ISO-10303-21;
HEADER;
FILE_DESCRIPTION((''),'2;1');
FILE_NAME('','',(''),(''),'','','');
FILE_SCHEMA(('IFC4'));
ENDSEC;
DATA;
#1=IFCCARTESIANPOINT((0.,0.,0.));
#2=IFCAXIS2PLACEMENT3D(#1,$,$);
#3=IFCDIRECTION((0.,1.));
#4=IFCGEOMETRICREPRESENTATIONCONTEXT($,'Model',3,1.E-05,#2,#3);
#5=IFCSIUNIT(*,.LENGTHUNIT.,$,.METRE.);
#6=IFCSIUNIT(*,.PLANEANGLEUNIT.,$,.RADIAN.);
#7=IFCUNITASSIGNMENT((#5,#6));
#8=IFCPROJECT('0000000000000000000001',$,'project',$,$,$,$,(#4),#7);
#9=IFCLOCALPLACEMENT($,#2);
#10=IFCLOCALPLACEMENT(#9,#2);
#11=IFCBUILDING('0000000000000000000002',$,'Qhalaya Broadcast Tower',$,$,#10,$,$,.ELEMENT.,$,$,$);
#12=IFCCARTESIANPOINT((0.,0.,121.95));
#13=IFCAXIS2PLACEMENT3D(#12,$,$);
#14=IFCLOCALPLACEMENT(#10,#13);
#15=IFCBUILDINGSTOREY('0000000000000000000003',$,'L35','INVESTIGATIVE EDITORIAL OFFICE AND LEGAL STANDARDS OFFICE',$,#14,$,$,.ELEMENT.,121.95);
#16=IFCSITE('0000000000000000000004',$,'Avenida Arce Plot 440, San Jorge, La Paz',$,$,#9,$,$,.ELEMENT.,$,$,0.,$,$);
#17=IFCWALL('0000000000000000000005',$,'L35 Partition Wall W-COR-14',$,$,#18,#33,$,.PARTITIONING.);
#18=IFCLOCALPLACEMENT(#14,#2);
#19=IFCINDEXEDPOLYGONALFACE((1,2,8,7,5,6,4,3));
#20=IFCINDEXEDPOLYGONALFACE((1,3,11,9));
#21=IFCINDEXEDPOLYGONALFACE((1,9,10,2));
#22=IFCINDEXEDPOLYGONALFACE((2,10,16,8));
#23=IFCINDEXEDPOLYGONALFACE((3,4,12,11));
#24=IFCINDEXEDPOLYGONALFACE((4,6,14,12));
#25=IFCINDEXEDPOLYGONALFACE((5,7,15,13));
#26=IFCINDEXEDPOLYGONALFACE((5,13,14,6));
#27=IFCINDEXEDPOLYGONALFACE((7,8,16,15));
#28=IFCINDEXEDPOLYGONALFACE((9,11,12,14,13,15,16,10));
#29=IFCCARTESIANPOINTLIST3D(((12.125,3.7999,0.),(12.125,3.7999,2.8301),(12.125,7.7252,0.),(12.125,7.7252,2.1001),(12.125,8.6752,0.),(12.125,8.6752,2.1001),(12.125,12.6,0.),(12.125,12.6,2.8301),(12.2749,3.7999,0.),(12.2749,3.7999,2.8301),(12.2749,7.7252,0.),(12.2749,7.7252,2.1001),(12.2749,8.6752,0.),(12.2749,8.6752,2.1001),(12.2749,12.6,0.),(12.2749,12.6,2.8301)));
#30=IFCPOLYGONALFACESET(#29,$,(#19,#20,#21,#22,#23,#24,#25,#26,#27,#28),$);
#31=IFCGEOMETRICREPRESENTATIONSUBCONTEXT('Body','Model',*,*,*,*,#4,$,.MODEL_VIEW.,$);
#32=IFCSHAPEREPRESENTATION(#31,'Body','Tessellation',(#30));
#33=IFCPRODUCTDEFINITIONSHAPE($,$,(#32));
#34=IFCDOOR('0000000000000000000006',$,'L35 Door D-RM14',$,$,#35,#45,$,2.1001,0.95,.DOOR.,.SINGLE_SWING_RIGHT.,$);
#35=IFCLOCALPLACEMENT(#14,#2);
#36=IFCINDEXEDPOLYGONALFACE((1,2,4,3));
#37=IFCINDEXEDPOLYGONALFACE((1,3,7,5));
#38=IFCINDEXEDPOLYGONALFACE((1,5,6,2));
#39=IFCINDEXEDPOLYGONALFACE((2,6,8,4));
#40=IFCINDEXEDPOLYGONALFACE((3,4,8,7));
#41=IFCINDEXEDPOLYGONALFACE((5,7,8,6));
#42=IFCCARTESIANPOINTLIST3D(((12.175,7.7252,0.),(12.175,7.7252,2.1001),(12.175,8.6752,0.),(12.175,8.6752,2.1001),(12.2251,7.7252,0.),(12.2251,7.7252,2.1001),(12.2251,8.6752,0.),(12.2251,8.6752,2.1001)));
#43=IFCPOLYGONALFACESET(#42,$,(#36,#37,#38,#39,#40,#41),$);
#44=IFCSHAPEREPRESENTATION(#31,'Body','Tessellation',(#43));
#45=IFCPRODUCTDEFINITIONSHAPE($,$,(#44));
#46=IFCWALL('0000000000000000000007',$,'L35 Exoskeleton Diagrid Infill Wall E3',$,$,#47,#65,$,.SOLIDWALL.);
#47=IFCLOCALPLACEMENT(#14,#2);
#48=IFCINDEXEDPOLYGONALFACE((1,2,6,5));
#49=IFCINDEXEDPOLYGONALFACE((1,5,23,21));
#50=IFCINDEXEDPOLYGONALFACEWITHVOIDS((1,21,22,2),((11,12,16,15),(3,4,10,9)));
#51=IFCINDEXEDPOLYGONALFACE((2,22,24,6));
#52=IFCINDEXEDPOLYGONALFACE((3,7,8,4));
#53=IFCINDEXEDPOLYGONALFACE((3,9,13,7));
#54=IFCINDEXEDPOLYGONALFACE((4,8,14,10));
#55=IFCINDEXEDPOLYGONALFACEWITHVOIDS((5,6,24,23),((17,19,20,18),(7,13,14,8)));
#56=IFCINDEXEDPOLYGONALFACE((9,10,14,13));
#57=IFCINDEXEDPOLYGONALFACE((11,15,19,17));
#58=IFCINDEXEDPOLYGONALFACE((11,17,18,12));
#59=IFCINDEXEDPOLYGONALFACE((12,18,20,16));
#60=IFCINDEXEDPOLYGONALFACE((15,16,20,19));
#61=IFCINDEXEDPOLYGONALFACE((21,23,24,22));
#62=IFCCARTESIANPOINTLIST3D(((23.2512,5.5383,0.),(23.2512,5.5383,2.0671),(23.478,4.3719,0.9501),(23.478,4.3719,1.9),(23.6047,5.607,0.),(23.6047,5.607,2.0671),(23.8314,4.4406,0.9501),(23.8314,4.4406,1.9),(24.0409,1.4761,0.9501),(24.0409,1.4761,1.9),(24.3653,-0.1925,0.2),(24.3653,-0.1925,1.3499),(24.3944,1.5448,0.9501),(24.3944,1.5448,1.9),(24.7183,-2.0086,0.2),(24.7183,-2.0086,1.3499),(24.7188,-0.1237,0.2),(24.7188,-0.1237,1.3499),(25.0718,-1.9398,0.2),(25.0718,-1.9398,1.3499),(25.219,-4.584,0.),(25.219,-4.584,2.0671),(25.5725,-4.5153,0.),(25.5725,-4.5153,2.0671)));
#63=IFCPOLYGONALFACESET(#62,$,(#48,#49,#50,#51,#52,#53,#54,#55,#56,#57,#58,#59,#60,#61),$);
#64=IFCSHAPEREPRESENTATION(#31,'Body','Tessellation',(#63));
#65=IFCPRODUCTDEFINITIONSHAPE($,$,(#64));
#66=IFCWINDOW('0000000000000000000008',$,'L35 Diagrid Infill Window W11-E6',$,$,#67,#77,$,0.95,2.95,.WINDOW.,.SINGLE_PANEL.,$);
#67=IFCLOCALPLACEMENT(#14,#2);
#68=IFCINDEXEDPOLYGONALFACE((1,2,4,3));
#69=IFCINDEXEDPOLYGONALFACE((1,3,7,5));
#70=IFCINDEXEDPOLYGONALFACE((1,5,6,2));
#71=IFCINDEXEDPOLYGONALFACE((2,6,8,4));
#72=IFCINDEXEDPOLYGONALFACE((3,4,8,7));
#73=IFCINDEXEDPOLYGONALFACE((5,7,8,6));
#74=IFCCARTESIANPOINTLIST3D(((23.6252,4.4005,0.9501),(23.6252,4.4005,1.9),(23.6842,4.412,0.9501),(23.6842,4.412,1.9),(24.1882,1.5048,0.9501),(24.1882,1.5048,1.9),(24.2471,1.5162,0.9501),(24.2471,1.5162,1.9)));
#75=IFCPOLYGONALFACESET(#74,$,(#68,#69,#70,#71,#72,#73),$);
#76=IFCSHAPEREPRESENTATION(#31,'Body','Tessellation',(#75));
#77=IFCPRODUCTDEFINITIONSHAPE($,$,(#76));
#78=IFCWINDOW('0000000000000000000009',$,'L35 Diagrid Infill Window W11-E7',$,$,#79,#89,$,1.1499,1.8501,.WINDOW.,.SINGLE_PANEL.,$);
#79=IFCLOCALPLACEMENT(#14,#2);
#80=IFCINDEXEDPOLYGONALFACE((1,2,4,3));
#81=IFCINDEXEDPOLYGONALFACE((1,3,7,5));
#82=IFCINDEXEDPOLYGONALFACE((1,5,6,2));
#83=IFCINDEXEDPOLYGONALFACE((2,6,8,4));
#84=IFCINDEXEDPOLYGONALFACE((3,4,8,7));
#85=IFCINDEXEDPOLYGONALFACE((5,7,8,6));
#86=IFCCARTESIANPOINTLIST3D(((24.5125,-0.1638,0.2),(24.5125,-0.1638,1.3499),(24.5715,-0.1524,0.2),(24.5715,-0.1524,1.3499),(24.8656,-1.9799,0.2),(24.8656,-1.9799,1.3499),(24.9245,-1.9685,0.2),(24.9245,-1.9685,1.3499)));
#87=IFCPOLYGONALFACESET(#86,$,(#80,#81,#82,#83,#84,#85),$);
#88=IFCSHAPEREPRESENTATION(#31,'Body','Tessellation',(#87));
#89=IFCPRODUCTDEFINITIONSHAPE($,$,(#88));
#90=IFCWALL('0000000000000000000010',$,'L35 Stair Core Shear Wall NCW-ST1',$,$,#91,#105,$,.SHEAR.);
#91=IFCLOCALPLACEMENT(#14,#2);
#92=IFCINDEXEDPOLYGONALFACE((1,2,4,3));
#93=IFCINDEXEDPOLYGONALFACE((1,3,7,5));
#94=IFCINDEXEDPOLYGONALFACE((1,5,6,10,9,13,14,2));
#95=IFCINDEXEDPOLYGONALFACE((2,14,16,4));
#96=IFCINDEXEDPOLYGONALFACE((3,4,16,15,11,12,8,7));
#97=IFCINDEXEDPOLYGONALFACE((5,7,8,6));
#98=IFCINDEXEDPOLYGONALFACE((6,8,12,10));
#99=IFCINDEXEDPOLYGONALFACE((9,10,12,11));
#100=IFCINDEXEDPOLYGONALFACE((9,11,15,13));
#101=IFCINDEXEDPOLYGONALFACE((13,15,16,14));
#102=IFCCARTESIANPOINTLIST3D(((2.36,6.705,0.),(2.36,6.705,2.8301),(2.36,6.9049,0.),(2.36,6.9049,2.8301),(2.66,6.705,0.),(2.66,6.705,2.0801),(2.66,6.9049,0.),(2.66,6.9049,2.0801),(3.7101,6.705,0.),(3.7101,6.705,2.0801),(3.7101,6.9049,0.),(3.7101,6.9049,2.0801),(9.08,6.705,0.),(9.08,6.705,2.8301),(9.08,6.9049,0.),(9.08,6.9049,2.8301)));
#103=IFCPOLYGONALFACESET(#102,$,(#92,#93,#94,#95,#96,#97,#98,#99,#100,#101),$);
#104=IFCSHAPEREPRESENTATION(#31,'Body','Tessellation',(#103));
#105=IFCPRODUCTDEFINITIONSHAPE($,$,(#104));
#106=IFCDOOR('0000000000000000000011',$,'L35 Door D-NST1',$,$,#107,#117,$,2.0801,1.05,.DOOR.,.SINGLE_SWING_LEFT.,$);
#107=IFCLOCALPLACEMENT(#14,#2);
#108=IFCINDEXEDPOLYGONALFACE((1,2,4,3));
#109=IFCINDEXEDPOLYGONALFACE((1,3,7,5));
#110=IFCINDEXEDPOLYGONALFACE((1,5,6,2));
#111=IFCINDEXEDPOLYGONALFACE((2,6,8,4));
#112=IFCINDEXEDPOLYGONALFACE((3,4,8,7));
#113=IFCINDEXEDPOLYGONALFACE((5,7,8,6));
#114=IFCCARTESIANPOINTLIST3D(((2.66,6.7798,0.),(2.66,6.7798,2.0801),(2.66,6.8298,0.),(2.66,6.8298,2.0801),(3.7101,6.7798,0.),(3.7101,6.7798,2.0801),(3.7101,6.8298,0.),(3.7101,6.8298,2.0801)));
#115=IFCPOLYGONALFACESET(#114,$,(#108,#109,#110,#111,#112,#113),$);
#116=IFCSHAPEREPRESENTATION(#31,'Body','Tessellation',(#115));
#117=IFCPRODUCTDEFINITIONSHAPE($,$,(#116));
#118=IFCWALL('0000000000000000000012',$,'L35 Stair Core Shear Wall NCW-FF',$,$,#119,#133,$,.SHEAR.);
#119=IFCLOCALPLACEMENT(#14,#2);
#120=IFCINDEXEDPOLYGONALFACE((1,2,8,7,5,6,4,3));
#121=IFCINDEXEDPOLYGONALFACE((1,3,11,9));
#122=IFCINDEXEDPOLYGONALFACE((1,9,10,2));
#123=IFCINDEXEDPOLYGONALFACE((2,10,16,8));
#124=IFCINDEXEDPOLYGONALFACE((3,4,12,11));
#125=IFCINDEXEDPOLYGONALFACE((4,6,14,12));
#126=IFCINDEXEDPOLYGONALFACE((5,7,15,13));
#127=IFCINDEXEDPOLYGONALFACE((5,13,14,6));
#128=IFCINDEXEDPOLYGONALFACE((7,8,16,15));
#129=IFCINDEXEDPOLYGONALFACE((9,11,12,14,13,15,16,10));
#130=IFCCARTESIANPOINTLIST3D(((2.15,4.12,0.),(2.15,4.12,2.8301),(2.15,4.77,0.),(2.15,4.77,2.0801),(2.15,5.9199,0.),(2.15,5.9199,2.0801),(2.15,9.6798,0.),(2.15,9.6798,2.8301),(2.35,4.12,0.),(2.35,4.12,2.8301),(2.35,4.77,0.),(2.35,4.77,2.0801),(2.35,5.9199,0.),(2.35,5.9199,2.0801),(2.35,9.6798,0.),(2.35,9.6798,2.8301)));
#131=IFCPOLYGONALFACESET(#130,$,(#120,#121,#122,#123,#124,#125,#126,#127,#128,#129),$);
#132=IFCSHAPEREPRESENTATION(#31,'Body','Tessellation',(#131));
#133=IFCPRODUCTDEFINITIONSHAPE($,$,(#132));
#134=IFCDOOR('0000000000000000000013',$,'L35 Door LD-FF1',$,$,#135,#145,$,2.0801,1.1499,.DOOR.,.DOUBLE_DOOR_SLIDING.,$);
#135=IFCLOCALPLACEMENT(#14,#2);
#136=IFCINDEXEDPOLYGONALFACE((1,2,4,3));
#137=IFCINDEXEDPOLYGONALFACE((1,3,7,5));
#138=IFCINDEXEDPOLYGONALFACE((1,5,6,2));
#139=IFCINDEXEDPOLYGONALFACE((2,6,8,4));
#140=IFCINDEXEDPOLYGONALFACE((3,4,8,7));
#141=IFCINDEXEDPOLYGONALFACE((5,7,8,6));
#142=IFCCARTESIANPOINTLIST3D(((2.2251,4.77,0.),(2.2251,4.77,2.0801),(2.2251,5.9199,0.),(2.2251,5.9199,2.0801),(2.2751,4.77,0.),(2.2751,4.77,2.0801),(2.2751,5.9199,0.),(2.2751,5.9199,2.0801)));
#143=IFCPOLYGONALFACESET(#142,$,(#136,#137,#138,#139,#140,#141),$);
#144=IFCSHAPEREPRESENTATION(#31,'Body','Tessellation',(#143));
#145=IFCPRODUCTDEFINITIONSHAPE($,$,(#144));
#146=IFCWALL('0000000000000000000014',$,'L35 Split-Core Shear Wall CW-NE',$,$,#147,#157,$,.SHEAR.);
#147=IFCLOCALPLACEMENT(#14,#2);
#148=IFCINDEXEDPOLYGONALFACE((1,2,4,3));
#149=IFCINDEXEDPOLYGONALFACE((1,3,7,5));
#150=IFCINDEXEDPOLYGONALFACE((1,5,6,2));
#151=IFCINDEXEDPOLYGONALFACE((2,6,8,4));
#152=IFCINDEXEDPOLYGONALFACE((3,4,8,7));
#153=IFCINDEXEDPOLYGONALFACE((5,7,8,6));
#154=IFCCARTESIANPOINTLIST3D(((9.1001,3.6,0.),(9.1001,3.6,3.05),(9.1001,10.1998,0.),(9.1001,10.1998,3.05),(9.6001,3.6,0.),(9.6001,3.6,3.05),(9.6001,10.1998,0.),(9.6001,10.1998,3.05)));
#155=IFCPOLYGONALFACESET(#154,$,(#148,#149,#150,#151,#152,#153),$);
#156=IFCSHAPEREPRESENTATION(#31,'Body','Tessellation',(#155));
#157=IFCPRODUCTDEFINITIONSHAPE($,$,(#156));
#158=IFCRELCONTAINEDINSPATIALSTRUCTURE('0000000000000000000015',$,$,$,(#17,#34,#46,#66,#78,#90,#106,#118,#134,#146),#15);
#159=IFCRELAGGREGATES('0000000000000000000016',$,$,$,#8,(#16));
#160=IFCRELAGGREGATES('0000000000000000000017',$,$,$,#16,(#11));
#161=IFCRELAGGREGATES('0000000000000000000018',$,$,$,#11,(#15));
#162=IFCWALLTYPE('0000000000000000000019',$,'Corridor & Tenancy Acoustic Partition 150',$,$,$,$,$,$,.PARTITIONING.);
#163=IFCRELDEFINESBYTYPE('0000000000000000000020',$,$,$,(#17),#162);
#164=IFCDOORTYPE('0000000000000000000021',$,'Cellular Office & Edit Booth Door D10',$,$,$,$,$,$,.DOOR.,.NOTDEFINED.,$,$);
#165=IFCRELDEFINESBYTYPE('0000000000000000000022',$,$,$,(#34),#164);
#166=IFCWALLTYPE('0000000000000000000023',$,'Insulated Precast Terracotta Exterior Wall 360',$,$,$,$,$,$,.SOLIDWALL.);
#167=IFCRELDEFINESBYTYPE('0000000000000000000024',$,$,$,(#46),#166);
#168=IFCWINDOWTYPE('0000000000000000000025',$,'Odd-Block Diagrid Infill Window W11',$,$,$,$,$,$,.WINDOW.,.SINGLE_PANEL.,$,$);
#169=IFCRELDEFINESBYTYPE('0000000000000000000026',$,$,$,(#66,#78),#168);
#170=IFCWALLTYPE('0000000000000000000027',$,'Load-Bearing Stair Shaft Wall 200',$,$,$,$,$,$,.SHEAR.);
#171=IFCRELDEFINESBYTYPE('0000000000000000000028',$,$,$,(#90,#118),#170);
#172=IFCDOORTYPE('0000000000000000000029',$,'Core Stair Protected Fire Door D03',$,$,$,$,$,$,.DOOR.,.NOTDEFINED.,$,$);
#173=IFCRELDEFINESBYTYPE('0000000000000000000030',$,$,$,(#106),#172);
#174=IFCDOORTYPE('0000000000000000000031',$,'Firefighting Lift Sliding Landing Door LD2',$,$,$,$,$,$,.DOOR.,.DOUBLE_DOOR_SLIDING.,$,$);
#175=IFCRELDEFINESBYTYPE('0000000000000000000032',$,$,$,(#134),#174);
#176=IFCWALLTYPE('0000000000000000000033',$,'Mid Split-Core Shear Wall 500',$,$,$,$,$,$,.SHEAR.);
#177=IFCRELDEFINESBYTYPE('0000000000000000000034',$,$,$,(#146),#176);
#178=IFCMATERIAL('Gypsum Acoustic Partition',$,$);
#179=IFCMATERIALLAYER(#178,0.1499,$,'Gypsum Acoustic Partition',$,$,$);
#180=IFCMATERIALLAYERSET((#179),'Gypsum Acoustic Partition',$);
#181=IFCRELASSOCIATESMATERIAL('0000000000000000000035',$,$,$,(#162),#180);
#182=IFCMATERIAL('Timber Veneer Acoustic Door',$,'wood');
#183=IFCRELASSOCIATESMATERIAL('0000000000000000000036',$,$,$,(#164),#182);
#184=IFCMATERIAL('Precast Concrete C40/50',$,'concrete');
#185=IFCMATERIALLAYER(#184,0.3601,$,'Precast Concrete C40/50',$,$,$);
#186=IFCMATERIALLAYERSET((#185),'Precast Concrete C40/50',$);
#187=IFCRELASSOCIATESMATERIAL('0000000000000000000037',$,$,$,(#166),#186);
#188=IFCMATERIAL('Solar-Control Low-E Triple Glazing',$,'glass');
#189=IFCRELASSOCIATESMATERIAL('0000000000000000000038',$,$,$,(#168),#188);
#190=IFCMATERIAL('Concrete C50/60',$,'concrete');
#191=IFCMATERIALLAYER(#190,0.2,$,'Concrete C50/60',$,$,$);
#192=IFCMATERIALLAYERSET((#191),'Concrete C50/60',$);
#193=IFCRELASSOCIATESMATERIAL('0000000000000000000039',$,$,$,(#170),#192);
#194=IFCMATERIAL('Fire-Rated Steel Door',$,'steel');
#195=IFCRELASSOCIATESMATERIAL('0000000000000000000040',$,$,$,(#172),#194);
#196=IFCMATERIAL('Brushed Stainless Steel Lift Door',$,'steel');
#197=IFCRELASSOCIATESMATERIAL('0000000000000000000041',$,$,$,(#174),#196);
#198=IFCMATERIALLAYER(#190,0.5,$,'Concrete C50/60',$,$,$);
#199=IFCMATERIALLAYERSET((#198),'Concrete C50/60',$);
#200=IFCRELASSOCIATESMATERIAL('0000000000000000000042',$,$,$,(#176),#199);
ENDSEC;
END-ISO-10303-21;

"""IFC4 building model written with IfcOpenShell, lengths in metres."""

from ifc_helpers import new_model, si_unit, direction, frame, frame_2d, origin, place, context, subcontext, project, spatial, rectangle, extrude, material, layer, layer_set, type_object, element, fill, save


model = new_model("IFC4")

# Units and contexts
model_context = context("Model", 3, precision=1e-05, world=origin(), true_north=direction((0.0, 1.0)))
body_context = subcontext(model_context, "Body", "Model", "MODEL_VIEW")
ifc_project = project(units=[si_unit("LENGTHUNIT", "METRE"), si_unit("PLANEANGLEUNIT", "RADIAN")], contexts=[model_context])

# Site, building, storey
site_placement = place(None, origin())
site = spatial("IfcSite", under=ifc_project, at=site_placement, Name="Avenida Arce Plot 440, San Jorge, La Paz", CompositionType="ELEMENT", RefElevation=0.0)
building_placement = place(site_placement, origin())
building = spatial("IfcBuilding", under=site, at=building_placement, Name="Qhalaya Broadcast Tower", CompositionType="ELEMENT")
storey_placement = place(building_placement, frame((0.0, 0.0, 121.95)))
storey = spatial("IfcBuildingStorey", under=building, at=storey_placement, Name="L35", Description="INVESTIGATIVE EDITORIAL OFFICE AND LEGAL STANDARDS OFFICE", CompositionType="ELEMENT", Elevation=121.95)

# Shared definitions
ifc_material_1 = material(Name="Concrete C50/60", Category="concrete")

# Wall, opening, door
ifc_material_2 = material(Name="Gypsum Acoustic Partition")
ifc_layer_1 = layer(ifc_material_2, 0.1499, Name="Gypsum Acoustic Partition")
ifc_layer_set_1 = layer_set([ifc_layer_1], Name="Gypsum Acoustic Partition")
wall_type_1 = type_object("IfcWallType", Name="Corridor & Tenancy Acoustic Partition 150", PredefinedType="PARTITIONING", material=ifc_layer_set_1)
wall_1_placement = place(storey_placement, frame((12.2, 3.8, 0.0), z_axis=(0.0, 0.0, 1.0), x_axis=(0.0, 1.0, 0.0)))
wall_1 = element("IfcWall", 1, at=wall_1_placement, inside=storey, type_object=wall_type_1, Name="L35 Partition Wall W-COR-14", PredefinedType="PARTITIONING", context=body_context, shape_type="SweptSolid", body=[
    extrude(rectangle(XDim=8.8, YDim=0.1499, at=frame_2d((4.3999, 0.0))), origin(), (0.0, 0.0, 1.0), 2.8301),
])
opening_1_placement = place(wall_1_placement, frame((3.925, 0.0, 0.0)))
opening_1 = element("IfcOpeningElement", 2, at=opening_1_placement, cuts=wall_1, PredefinedType="OPENING", context=body_context, shape_type="SweptSolid", body=[
    extrude(rectangle(XDim=0.95, YDim=2.1001, at=frame_2d((0.4751, 1.05))), frame((0.0, 0.0869, 0.0), z_axis=(0.0, -1.0, 0.0), x_axis=(1.0, 0.0, 0.0)), (0.0, 0.0, 1.0), 0.1738),
])
ifc_material_3 = material(Name="Timber Veneer Acoustic Door", Category="wood")
door_type_1 = type_object("IfcDoorType", Name="Cellular Office & Edit Booth Door D10", OperationType="NOTDEFINED", PredefinedType="DOOR", material=ifc_material_3)
door_1_placement = place(opening_1_placement, origin())
door_1 = element("IfcDoor", 3, at=door_1_placement, inside=storey, type_object=door_type_1, Name="L35 Door D-RM14", OperationType="SINGLE_SWING_RIGHT", OverallHeight=2.1001, OverallWidth=0.95, PredefinedType="DOOR", context=body_context, shape_type="SweptSolid", body=[
    extrude(rectangle(XDim=0.95, YDim=2.1001, at=frame_2d((0.4751, 1.05))), frame((0.0, 0.0249, 0.0), z_axis=(0.0, -1.0, 0.0), x_axis=(1.0, 0.0, 0.0)), (0.0, 0.0, 1.0), 0.05),
])
fill(opening_1, door_1)

# Wall, openings, windows
ifc_material_4 = material(Name="Precast Concrete C40/50", Category="concrete")
ifc_layer_2 = layer(ifc_material_4, 0.3601, Name="Precast Concrete C40/50")
ifc_layer_set_2 = layer_set([ifc_layer_2], Name="Precast Concrete C40/50")
wall_type_2 = type_object("IfcWallType", Name="Insulated Precast Terracotta Exterior Wall 360", PredefinedType="SOLIDWALL", material=ifc_layer_set_2)
wall_2_placement = place(storey_placement, frame((23.428, 5.5725, 0.0), z_axis=(0.0, 0.0, 1.0), x_axis=(0.190827, -0.981624, 0.0)))
wall_2 = element("IfcWall", 4, at=wall_2_placement, inside=storey, type_object=wall_type_2, Name="L35 Exoskeleton Diagrid Infill Wall E3", PredefinedType="SOLIDWALL", context=body_context, shape_type="SweptSolid", body=[
    extrude(rectangle(XDim=10.3118, YDim=0.3601, at=frame_2d((5.1558, 0.0))), origin(), (0.0, 0.0, 1.0), 2.0671),
])
opening_2_placement = place(wall_2_placement, frame((1.188, 0.0, 0.95)))
opening_2 = element("IfcOpeningElement", 5, at=opening_2_placement, cuts=wall_2, PredefinedType="OPENING", context=body_context, shape_type="SweptSolid", body=[
    extrude(rectangle(XDim=2.95, YDim=0.95, at=frame_2d((1.4751, 0.4751))), frame((0.0, 0.1921, 0.0), z_axis=(0.0, -1.0, 0.0), x_axis=(1.0, 0.0, 0.0)), (0.0, 0.0, 1.0), 0.384),
])
opening_3_placement = place(wall_2_placement, frame((5.8379, 0.0, 0.2)))
opening_3 = element("IfcOpeningElement", 6, at=opening_3_placement, cuts=wall_2, PredefinedType="OPENING", context=body_context, shape_type="SweptSolid", body=[
    extrude(rectangle(XDim=1.8501, YDim=1.1499, at=frame_2d((0.925, 0.575))), frame((0.0, 0.1921, 0.0), z_axis=(0.0, -1.0, 0.0), x_axis=(1.0, 0.0, 0.0)), (0.0, 0.0, 1.0), 0.384),
])
ifc_material_5 = material(Name="Solar-Control Low-E Triple Glazing", Category="glass")
window_type = type_object("IfcWindowType", Name="Odd-Block Diagrid Infill Window W11", PartitioningType="SINGLE_PANEL", PredefinedType="WINDOW", material=ifc_material_5)
window_1_placement = place(opening_2_placement, origin())
window_1 = element("IfcWindow", 7, at=window_1_placement, inside=storey, type_object=window_type, Name="L35 Diagrid Infill Window W11-E6", OverallHeight=0.95, OverallWidth=2.95, PartitioningType="SINGLE_PANEL", PredefinedType="WINDOW", context=body_context, shape_type="SweptSolid", body=[
    extrude(rectangle(XDim=2.95, YDim=0.95, at=frame_2d((1.4751, 0.4751))), frame((0.0, 0.03, 0.0), z_axis=(0.0, -1.0, 0.0), x_axis=(1.0, 0.0, 0.0)), (0.0, 0.0, 1.0), 0.0601),
])
fill(opening_2, window_1)
window_2_placement = place(opening_3_placement, origin())
window_2 = element("IfcWindow", 8, at=window_2_placement, inside=storey, type_object=window_type, Name="L35 Diagrid Infill Window W11-E7", OverallHeight=1.1499, OverallWidth=1.8501, PartitioningType="SINGLE_PANEL", PredefinedType="WINDOW", context=body_context, shape_type="SweptSolid", body=[
    extrude(rectangle(XDim=1.8501, YDim=1.1499, at=frame_2d((0.925, 0.575))), frame((0.0, 0.03, 0.0), z_axis=(0.0, -1.0, 0.0), x_axis=(1.0, 0.0, 0.0)), (0.0, 0.0, 1.0), 0.0601),
])
fill(opening_3, window_2)

# Walls, openings, doors
ifc_layer_3 = layer(ifc_material_1, 0.2, Name="Concrete C50/60")
ifc_layer_set_3 = layer_set([ifc_layer_3], Name="Concrete C50/60")
wall_type_3 = type_object("IfcWallType", Name="Load-Bearing Stair Shaft Wall 200", PredefinedType="SHEAR", material=ifc_layer_set_3)
wall_3_placement = place(storey_placement, frame((2.3601, 6.8049, 0.0), z_axis=(0.0, 0.0, 1.0), x_axis=(1.0, 0.0, 0.0)))
wall_3 = element("IfcWall", 9, at=wall_3_placement, inside=storey, type_object=wall_type_3, Name="L35 Stair Core Shear Wall NCW-ST1", PredefinedType="SHEAR", context=body_context, shape_type="SweptSolid", body=[
    extrude(rectangle(XDim=6.72, YDim=0.2, at=frame_2d((3.3599, 0.0))), origin(), (0.0, 0.0, 1.0), 2.8301),
])
opening_4_placement = place(wall_3_placement, frame((0.3, 0.0, 0.0)))
opening_4 = element("IfcOpeningElement", 10, at=opening_4_placement, cuts=wall_3, PredefinedType="OPENING", context=body_context, shape_type="SweptSolid", body=[
    extrude(rectangle(XDim=1.05, YDim=2.0801, at=frame_2d((0.5249, 1.04))), frame((0.0, 0.1121, 0.0), z_axis=(0.0, -1.0, 0.0), x_axis=(1.0, 0.0, 0.0)), (0.0, 0.0, 1.0), 0.2239),
])
ifc_material_6 = material(Name="Fire-Rated Steel Door", Category="steel")
door_type_2 = type_object("IfcDoorType", Name="Core Stair Protected Fire Door D03", OperationType="NOTDEFINED", PredefinedType="DOOR", material=ifc_material_6)
door_2_placement = place(opening_4_placement, origin())
door_2 = element("IfcDoor", 11, at=door_2_placement, inside=storey, type_object=door_type_2, Name="L35 Door D-NST1", OperationType="SINGLE_SWING_LEFT", OverallHeight=2.0801, OverallWidth=1.05, PredefinedType="DOOR", context=body_context, shape_type="SweptSolid", body=[
    extrude(rectangle(XDim=1.05, YDim=2.0801, at=frame_2d((0.5249, 1.04))), frame((0.0, 0.0249, 0.0), z_axis=(0.0, -1.0, 0.0), x_axis=(1.0, 0.0, 0.0)), (0.0, 0.0, 1.0), 0.05),
])
fill(opening_4, door_2)
wall_4_placement = place(storey_placement, frame((2.25, 4.1201, 0.0), z_axis=(0.0, 0.0, 1.0), x_axis=(0.0, 1.0, 0.0)))
wall_4 = element("IfcWall", 12, at=wall_4_placement, inside=storey, type_object=wall_type_3, Name="L35 Stair Core Shear Wall NCW-FF", PredefinedType="SHEAR", context=body_context, shape_type="SweptSolid", body=[
    extrude(rectangle(XDim=5.5598, YDim=0.2, at=frame_2d((2.7798, 0.0))), origin(), (0.0, 0.0, 1.0), 2.8301),
])
opening_5_placement = place(wall_4_placement, frame((0.6499, 0.0, 0.0)))
opening_5 = element("IfcOpeningElement", 13, at=opening_5_placement, cuts=wall_4, PredefinedType="OPENING", context=body_context, shape_type="SweptSolid", body=[
    extrude(rectangle(XDim=1.1499, YDim=2.0801, at=frame_2d((0.575, 1.04))), frame((0.0, 0.1121, 0.0), z_axis=(0.0, -1.0, 0.0), x_axis=(1.0, 0.0, 0.0)), (0.0, 0.0, 1.0), 0.2239),
])
ifc_material_7 = material(Name="Brushed Stainless Steel Lift Door", Category="steel")
door_type_3 = type_object("IfcDoorType", Name="Firefighting Lift Sliding Landing Door LD2", OperationType="DOUBLE_DOOR_SLIDING", PredefinedType="DOOR", material=ifc_material_7)
door_3_placement = place(opening_5_placement, origin())
door_3 = element("IfcDoor", 14, at=door_3_placement, inside=storey, type_object=door_type_3, Name="L35 Door LD-FF1", OperationType="DOUBLE_DOOR_SLIDING", OverallHeight=2.0801, OverallWidth=1.1499, PredefinedType="DOOR", context=body_context, shape_type="SweptSolid", body=[
    extrude(rectangle(XDim=1.1499, YDim=2.0801, at=frame_2d((0.575, 1.04))), frame((0.0, 0.0249, 0.0), z_axis=(0.0, -1.0, 0.0), x_axis=(1.0, 0.0, 0.0)), (0.0, 0.0, 1.0), 0.05),
])
fill(opening_5, door_3)

# Wall
ifc_layer_4 = layer(ifc_material_1, 0.5, Name="Concrete C50/60")
ifc_layer_set_4 = layer_set([ifc_layer_4], Name="Concrete C50/60")
wall_type_4 = type_object("IfcWallType", Name="Mid Split-Core Shear Wall 500", PredefinedType="SHEAR", material=ifc_layer_set_4)
wall_5_placement = place(storey_placement, frame((9.3501, 3.6001, 0.0), z_axis=(0.0, 0.0, 1.0), x_axis=(0.0, 1.0, 0.0)))
element("IfcWall", 15, at=wall_5_placement, inside=storey, type_object=wall_type_4, Name="L35 Split-Core Shear Wall CW-NE", PredefinedType="SHEAR", context=body_context, shape_type="SweptSolid", body=[
    extrude(rectangle(XDim=6.5999, YDim=0.5, at=frame_2d((3.2998, 0.0))), origin(), (0.0, 0.0, 1.0), 3.05),
])

save(model, "model.ifc")
